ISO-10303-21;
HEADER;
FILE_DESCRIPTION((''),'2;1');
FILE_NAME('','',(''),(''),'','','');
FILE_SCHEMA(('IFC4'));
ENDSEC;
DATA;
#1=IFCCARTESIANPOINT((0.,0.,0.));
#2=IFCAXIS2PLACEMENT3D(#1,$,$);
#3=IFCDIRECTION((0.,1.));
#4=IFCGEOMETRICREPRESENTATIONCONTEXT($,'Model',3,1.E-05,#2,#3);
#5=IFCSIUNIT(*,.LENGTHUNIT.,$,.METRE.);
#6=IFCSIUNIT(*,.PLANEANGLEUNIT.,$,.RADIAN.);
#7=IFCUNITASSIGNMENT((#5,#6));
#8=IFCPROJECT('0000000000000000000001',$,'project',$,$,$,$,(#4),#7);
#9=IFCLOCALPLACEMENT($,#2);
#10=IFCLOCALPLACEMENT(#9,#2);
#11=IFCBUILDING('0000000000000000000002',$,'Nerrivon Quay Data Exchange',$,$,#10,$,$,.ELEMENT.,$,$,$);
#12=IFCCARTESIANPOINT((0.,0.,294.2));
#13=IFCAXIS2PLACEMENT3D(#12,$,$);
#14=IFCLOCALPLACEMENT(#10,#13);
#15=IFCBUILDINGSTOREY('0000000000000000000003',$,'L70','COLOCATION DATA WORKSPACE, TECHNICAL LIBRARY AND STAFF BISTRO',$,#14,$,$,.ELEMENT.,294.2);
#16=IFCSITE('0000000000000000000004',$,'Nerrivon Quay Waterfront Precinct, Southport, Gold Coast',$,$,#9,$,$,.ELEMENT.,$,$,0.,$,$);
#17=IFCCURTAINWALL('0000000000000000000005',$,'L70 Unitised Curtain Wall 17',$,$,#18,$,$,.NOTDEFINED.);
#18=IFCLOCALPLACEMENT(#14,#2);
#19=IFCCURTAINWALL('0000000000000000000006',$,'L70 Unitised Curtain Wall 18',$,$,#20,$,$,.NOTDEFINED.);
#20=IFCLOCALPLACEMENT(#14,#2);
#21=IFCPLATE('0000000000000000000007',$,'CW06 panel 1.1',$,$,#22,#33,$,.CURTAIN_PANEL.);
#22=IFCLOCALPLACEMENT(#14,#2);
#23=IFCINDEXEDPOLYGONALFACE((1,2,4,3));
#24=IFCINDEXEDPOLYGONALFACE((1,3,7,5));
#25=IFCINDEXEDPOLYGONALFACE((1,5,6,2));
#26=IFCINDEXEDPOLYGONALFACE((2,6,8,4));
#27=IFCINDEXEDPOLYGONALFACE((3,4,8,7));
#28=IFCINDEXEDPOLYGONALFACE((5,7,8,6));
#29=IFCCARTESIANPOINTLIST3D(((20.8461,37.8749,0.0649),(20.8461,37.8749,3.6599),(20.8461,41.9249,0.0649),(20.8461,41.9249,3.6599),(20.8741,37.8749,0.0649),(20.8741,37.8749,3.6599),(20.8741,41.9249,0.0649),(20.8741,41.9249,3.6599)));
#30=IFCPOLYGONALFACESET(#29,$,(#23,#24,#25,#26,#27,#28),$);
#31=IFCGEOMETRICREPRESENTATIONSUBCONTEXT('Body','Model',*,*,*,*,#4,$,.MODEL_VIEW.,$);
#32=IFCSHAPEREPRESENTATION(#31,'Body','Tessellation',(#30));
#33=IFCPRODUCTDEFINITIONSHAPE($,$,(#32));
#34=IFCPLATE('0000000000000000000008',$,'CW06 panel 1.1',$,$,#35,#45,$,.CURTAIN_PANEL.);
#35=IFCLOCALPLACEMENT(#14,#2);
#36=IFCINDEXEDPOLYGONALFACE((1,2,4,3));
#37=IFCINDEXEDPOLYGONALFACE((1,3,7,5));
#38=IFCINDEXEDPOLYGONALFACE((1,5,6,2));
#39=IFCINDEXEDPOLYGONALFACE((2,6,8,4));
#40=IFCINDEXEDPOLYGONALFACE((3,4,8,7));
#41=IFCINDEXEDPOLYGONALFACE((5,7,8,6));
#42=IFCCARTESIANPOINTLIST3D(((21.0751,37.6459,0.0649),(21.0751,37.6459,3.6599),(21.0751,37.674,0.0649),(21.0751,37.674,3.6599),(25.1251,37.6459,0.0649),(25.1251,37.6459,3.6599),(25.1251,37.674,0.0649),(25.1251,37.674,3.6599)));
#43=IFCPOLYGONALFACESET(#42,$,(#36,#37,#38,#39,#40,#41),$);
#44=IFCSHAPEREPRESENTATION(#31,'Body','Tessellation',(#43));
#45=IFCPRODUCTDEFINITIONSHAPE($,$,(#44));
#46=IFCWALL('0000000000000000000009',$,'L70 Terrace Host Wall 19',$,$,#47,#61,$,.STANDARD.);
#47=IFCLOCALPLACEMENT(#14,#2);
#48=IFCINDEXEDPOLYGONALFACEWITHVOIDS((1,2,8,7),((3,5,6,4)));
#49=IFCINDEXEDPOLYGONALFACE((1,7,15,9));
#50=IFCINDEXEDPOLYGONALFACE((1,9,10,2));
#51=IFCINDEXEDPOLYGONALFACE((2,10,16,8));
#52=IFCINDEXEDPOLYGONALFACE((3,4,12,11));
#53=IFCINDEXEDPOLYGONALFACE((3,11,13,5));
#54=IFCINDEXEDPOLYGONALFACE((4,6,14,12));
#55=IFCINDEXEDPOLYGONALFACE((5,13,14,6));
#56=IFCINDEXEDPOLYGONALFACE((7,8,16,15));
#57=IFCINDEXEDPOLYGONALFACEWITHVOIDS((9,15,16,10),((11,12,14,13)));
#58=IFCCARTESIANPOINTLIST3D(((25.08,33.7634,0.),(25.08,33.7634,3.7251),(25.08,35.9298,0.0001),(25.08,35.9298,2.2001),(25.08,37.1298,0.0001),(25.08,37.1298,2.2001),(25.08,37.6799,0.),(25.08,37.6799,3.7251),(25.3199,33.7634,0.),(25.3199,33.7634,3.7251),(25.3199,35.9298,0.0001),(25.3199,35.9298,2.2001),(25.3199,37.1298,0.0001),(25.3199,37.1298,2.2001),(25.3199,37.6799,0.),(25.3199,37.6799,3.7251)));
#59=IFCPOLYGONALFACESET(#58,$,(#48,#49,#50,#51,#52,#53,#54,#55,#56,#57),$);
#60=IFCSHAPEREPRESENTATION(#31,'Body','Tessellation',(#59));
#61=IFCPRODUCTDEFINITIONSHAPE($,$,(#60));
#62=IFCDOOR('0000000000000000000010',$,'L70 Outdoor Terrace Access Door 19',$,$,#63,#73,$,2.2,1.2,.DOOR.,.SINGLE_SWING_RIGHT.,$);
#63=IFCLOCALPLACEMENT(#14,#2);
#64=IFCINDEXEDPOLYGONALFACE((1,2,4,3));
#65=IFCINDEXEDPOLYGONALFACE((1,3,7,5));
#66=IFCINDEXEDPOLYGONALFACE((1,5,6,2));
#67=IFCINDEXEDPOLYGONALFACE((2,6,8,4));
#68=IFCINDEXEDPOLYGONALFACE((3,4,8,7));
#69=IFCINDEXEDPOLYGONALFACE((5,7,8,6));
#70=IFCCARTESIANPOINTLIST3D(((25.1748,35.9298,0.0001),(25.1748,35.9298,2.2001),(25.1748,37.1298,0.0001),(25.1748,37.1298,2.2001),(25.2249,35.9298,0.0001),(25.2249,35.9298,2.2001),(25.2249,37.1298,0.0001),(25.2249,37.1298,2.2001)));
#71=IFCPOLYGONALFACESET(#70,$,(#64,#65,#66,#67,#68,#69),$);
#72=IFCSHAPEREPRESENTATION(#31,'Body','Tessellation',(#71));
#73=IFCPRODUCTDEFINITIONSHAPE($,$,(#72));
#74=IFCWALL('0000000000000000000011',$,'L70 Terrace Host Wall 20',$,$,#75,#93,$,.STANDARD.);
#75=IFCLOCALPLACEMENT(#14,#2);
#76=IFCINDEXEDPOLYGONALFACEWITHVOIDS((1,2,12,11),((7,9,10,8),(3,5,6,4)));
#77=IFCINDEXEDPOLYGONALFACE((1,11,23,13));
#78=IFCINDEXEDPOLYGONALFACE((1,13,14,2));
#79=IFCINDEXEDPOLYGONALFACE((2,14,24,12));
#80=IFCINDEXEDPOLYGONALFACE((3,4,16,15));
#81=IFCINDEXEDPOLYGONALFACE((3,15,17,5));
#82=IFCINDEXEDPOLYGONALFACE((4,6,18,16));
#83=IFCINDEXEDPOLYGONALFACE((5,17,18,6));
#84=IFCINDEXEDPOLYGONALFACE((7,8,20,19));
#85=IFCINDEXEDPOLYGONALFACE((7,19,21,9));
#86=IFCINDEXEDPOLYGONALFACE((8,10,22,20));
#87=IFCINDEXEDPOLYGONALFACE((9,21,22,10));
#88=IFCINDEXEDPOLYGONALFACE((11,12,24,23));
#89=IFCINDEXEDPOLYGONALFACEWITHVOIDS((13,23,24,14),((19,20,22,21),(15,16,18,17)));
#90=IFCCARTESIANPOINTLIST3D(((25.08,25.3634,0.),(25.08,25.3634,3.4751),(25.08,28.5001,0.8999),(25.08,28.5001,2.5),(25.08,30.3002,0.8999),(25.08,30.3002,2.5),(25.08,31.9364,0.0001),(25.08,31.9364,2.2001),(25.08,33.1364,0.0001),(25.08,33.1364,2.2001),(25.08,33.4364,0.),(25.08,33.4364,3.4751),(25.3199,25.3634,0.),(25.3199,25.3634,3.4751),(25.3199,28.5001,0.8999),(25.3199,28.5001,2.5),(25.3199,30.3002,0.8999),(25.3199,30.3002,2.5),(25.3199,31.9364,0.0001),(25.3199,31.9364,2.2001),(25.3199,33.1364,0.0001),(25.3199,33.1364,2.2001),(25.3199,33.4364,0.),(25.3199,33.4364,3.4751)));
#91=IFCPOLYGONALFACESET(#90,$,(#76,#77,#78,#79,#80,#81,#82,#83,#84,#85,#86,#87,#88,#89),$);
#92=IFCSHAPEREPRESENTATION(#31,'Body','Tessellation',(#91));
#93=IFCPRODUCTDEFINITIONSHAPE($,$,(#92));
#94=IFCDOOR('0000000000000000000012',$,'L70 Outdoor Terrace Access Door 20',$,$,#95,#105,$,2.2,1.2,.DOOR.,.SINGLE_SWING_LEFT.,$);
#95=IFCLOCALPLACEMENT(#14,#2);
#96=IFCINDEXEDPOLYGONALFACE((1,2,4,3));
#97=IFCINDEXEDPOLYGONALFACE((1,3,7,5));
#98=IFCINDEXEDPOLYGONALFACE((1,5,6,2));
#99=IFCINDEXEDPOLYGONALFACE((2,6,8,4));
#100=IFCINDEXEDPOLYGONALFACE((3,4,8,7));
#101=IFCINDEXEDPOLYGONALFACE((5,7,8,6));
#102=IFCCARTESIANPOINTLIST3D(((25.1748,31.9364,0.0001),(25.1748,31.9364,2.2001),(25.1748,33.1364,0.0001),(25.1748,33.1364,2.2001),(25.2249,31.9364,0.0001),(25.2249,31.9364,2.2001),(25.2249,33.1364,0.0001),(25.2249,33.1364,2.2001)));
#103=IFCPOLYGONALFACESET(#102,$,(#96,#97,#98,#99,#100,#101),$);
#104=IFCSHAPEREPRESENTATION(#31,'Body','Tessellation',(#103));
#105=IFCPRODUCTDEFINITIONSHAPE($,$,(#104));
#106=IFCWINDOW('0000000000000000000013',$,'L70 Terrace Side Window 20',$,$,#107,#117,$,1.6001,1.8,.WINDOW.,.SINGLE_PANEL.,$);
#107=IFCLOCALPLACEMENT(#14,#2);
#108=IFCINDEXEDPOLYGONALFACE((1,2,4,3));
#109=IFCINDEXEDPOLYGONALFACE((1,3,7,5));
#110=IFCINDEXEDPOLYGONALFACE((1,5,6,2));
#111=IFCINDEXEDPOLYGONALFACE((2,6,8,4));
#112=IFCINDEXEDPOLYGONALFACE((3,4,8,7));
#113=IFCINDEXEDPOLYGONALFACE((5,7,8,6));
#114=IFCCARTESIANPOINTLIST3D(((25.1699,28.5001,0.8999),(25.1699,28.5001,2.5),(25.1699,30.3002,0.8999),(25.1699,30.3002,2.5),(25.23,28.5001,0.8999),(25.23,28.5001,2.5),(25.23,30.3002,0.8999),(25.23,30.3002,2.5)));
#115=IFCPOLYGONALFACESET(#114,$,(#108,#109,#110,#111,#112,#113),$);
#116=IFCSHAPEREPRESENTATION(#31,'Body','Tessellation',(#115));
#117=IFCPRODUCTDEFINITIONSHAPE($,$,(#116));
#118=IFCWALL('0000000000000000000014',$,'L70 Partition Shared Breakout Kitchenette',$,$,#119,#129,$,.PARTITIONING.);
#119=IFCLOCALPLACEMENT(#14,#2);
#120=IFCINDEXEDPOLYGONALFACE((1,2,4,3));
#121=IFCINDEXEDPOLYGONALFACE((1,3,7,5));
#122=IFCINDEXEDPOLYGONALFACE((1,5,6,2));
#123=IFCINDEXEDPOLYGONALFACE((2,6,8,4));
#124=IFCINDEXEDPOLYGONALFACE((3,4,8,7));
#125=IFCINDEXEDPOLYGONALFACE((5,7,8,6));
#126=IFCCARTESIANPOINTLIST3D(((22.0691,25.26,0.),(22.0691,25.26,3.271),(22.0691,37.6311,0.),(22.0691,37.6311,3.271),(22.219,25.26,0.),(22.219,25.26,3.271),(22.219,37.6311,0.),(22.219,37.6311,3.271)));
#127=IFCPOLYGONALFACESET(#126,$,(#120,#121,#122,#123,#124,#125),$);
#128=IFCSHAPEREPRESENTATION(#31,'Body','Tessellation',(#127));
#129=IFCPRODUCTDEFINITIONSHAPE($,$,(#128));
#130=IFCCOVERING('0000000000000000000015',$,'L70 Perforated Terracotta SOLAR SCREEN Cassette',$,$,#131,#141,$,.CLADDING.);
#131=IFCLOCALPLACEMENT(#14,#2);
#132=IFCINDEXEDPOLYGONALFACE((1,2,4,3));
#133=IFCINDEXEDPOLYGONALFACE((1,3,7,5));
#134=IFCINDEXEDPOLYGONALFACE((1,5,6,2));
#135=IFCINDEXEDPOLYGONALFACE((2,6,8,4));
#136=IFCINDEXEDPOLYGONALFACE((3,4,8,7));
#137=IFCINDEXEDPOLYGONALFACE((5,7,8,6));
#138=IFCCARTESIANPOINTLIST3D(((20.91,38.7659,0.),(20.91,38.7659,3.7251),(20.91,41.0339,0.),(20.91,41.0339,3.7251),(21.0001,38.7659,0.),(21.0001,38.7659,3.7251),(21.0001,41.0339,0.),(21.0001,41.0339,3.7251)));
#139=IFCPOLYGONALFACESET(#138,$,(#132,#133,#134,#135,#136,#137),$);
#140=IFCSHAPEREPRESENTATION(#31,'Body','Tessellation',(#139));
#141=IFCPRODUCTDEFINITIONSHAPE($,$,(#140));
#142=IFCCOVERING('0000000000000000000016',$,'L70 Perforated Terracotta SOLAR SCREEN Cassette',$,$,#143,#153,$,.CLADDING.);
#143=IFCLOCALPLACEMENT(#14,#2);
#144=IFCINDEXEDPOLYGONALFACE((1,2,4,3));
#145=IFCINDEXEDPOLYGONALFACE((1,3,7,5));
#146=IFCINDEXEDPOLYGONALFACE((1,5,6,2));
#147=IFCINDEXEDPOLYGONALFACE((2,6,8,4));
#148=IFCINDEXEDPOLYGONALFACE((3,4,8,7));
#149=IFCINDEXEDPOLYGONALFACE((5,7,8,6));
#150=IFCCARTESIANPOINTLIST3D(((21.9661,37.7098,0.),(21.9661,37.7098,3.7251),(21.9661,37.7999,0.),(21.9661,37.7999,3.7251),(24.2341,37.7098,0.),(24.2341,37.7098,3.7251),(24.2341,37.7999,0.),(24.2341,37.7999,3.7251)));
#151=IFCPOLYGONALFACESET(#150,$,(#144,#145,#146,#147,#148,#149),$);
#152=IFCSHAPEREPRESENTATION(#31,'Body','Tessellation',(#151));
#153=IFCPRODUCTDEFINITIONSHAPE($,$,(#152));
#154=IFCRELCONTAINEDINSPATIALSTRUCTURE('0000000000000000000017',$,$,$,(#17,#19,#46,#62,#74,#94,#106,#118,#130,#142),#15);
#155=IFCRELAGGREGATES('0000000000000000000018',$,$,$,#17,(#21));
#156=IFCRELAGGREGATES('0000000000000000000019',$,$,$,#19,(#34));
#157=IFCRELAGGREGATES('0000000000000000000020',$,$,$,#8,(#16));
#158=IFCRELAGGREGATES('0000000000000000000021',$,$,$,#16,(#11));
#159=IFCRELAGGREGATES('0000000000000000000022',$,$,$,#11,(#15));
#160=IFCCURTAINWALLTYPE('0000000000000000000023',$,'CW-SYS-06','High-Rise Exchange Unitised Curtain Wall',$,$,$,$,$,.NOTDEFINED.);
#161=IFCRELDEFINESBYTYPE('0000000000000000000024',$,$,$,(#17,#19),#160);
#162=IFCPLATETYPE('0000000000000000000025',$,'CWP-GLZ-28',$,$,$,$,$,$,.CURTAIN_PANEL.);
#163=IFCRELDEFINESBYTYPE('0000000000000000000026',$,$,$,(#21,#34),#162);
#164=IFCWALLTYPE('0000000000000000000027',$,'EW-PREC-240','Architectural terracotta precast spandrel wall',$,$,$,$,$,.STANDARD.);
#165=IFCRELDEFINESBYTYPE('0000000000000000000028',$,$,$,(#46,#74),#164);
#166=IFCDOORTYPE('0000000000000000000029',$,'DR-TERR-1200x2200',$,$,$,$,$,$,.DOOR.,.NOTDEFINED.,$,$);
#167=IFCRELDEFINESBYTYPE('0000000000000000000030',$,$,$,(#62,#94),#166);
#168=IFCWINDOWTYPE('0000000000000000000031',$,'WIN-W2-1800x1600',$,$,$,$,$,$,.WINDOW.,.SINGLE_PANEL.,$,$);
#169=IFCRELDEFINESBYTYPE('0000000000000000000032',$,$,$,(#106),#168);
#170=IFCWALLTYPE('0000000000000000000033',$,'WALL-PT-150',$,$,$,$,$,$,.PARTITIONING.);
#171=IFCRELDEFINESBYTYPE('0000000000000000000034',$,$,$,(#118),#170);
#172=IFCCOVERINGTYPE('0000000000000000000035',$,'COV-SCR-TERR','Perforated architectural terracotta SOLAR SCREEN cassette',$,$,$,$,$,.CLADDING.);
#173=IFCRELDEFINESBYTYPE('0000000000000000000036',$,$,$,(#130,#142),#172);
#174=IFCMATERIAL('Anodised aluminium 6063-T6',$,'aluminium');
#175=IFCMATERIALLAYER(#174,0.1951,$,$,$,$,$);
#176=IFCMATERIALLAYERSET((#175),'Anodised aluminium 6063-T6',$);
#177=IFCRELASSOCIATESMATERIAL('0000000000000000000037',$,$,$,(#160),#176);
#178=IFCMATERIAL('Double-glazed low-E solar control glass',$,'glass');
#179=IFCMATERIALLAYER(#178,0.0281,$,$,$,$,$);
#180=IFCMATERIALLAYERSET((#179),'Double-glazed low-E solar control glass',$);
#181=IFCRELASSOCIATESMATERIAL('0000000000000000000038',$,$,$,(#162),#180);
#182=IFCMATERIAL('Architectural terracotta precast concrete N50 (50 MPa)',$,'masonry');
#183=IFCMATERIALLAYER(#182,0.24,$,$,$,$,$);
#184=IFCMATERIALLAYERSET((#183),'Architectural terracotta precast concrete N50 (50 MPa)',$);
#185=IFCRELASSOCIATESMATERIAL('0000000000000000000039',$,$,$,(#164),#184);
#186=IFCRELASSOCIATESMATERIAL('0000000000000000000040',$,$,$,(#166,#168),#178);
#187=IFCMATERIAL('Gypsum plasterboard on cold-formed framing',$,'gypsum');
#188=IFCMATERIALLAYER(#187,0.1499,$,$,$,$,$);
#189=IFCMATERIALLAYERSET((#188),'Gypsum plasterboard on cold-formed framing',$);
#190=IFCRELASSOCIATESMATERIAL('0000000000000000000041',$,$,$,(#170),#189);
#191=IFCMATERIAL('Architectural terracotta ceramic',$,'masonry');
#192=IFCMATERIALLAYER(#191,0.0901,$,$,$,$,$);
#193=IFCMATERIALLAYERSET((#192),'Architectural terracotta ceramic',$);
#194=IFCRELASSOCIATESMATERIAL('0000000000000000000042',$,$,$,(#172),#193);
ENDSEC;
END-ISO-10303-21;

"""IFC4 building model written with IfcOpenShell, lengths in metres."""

from ifc_helpers import new_model, si_unit, direction, frame, frame_2d, origin, origin_2d, place, context, subcontext, project, spatial, rectangle, extrude, material, layer, layer_set, type_object, element, fill, aggregate, save


model = new_model("IFC4")

# Units and contexts
model_context = context("Model", 3, precision=1e-05, world=origin(), true_north=direction((0.0, 1.0)))
body_context = subcontext(model_context, "Body", "Model", "MODEL_VIEW")
ifc_project = project(units=[si_unit("LENGTHUNIT", "METRE"), si_unit("PLANEANGLEUNIT", "RADIAN")], contexts=[model_context])

# Site, building, storey
site_placement = place(None, origin())
site = spatial("IfcSite", under=ifc_project, at=site_placement, Name="Nerrivon Quay Waterfront Precinct, Southport, Gold Coast", CompositionType="ELEMENT", RefElevation=0.0)
building_placement = place(site_placement, origin())
building = spatial("IfcBuilding", under=site, at=building_placement, Name="Nerrivon Quay Data Exchange", CompositionType="ELEMENT")
storey_placement = place(building_placement, frame((0.0, 0.0, 294.2)))
storey = spatial("IfcBuildingStorey", under=building, at=storey_placement, Name="L70", Description="COLOCATION DATA WORKSPACE, TECHNICAL LIBRARY AND STAFF BISTRO", CompositionType="ELEMENT", Elevation=294.2)

# Curtain wall
ifc_material_1 = material(Name="Anodised aluminium 6063-T6", Category="aluminium")
ifc_layer_1 = layer(ifc_material_1, 0.1951)
ifc_layer_set_1 = layer_set([ifc_layer_1], Name="Anodised aluminium 6063-T6")
curtain_wall_type = type_object("IfcCurtainWallType", Name="CW-SYS-06", Description="High-Rise Exchange Unitised Curtain Wall", PredefinedType="NOTDEFINED", material=ifc_layer_set_1)
curtain_wall_1_placement = place(storey_placement, origin())
curtain_wall_1 = element("IfcCurtainWall", 1, at=curtain_wall_1_placement, inside=storey, type_object=curtain_wall_type, Name="L70 Unitised Curtain Wall 17", PredefinedType="NOTDEFINED")

# Curtain wall
curtain_wall_2_placement = place(storey_placement, origin())
curtain_wall_2 = element("IfcCurtainWall", 2, at=curtain_wall_2_placement, inside=storey, type_object=curtain_wall_type, Name="L70 Unitised Curtain Wall 18", PredefinedType="NOTDEFINED")

# Plates
ifc_material_2 = material(Name="Double-glazed low-E solar control glass", Category="glass")
ifc_layer_2 = layer(ifc_material_2, 0.0281)
ifc_layer_set_2 = layer_set([ifc_layer_2], Name="Double-glazed low-E solar control glass")
plate_type = type_object("IfcPlateType", Name="CWP-GLZ-28", PredefinedType="CURTAIN_PANEL", material=ifc_layer_set_2)
plate_1_placement = place(storey_placement, frame((20.8601, 39.8999, 0.0649), z_axis=(0.0, 0.0, 1.0), x_axis=(0.0, -1.0, 0.0)))
plate_1 = element("IfcPlate", 3, at=plate_1_placement, type_object=plate_type, Name="CW06 panel 1.1", PredefinedType="CURTAIN_PANEL", context=body_context, shape_type="SweptSolid", body=[
    extrude(rectangle(XDim=4.05, YDim=0.0281, at=origin_2d()), origin(), (0.0, 0.0, 1.0), 3.595),
])
aggregate(curtain_wall_1, [plate_1])
plate_2_placement = place(storey_placement, frame((23.1001, 37.6599, 0.0649), z_axis=(0.0, 0.0, 1.0), x_axis=(1.0, 0.0, 0.0)))
plate_2 = element("IfcPlate", 4, at=plate_2_placement, type_object=plate_type, Name="CW06 panel 1.1", PredefinedType="CURTAIN_PANEL", context=body_context, shape_type="SweptSolid", body=[
    extrude(rectangle(XDim=4.05, YDim=0.0281, at=origin_2d()), origin(), (0.0, 0.0, 1.0), 3.595),
])
aggregate(curtain_wall_2, [plate_2])

# Wall, opening, door
ifc_material_3 = material(Name="Architectural terracotta precast concrete N50 (50 MPa)", Category="masonry")
ifc_layer_3 = layer(ifc_material_3, 0.24)
ifc_layer_set_3 = layer_set([ifc_layer_3], Name="Architectural terracotta precast concrete N50 (50 MPa)")
wall_type_1 = type_object("IfcWallType", Name="EW-PREC-240", Description="Architectural terracotta precast spandrel wall", PredefinedType="STANDARD", material=ifc_layer_set_3)
wall_1_placement = place(storey_placement, frame((25.2, 37.6799, 0.0), z_axis=(0.0, 0.0, 1.0), x_axis=(0.0, -1.0, 0.0)))
wall_1 = element("IfcWall", 5, at=wall_1_placement, inside=storey, type_object=wall_type_1, Name="L70 Terrace Host Wall 19", PredefinedType="STANDARD", context=body_context, shape_type="SweptSolid", body=[
    extrude(rectangle(XDim=3.9165, YDim=0.24, at=frame_2d((1.9583, 0.0))), origin(), (0.0, 0.0, 1.0), 3.7251),
])
opening_1_placement = place(wall_1_placement, frame((0.55, 0.0, 0.0)))
opening_1 = element("IfcOpeningElement", 6, at=opening_1_placement, cuts=wall_1, PredefinedType="OPENING", context=body_context, shape_type="SweptSolid", body=[
    extrude(rectangle(XDim=1.2, YDim=2.2, at=frame_2d((0.6001, 1.1001))), frame((0.0, 0.1299, 0.0), z_axis=(0.0, -1.0, 0.0), x_axis=(1.0, 0.0, 0.0)), (0.0, 0.0, 1.0), 0.26),
])
door_type = type_object("IfcDoorType", Name="DR-TERR-1200x2200", OperationType="NOTDEFINED", PredefinedType="DOOR", material=ifc_material_2)
door_1_placement = place(opening_1_placement, origin())
door_1 = element("IfcDoor", 7, at=door_1_placement, inside=storey, type_object=door_type, Name="L70 Outdoor Terrace Access Door 19", OperationType="SINGLE_SWING_RIGHT", OverallHeight=2.2, OverallWidth=1.2, PredefinedType="DOOR", context=body_context, shape_type="SweptSolid", body=[
    extrude(rectangle(XDim=1.2, YDim=2.2, at=frame_2d((0.6001, 1.1001))), frame((0.0, 0.0249, 0.0), z_axis=(0.0, -1.0, 0.0), x_axis=(1.0, 0.0, 0.0)), (0.0, 0.0, 1.0), 0.05),
])
fill(opening_1, door_1)

# Wall, openings, door, window
wall_2_placement = place(storey_placement, frame((25.2, 33.4365, 0.0), z_axis=(0.0, 0.0, 1.0), x_axis=(0.0, -1.0, 0.0)))
wall_2 = element("IfcWall", 8, at=wall_2_placement, inside=storey, type_object=wall_type_1, Name="L70 Terrace Host Wall 20", PredefinedType="STANDARD", context=body_context, shape_type="SweptSolid", body=[
    extrude(rectangle(XDim=8.073, YDim=0.24, at=frame_2d((4.0366, 0.0))), origin(), (0.0, 0.0, 1.0), 3.4751),
])
opening_2_placement = place(wall_2_placement, frame((0.3, 0.0, 0.0)))
opening_2 = element("IfcOpeningElement", 9, at=opening_2_placement, cuts=wall_2, PredefinedType="OPENING", context=body_context, shape_type="SweptSolid", body=[
    extrude(rectangle(XDim=1.2, YDim=2.2, at=frame_2d((0.6001, 1.1001))), frame((0.0, 0.1299, 0.0), z_axis=(0.0, -1.0, 0.0), x_axis=(1.0, 0.0, 0.0)), (0.0, 0.0, 1.0), 0.26),
])
opening_3_placement = place(wall_2_placement, frame((3.1365, 0.0, 0.8999)))
opening_3 = element("IfcOpeningElement", 10, at=opening_3_placement, cuts=wall_2, PredefinedType="OPENING", context=body_context, shape_type="SweptSolid", body=[
    extrude(rectangle(XDim=1.8, YDim=1.6001, at=frame_2d((0.8999, 0.8))), frame((0.0, 0.1299, 0.0), z_axis=(0.0, -1.0, 0.0), x_axis=(1.0, 0.0, 0.0)), (0.0, 0.0, 1.0), 0.26),
])
door_2_placement = place(opening_2_placement, origin())
door_2 = element("IfcDoor", 11, at=door_2_placement, inside=storey, type_object=door_type, Name="L70 Outdoor Terrace Access Door 20", OperationType="SINGLE_SWING_LEFT", OverallHeight=2.2, OverallWidth=1.2, PredefinedType="DOOR", context=body_context, shape_type="SweptSolid", body=[
    extrude(rectangle(XDim=1.2, YDim=2.2, at=frame_2d((0.6001, 1.1001))), frame((0.0, 0.0249, 0.0), z_axis=(0.0, -1.0, 0.0), x_axis=(1.0, 0.0, 0.0)), (0.0, 0.0, 1.0), 0.05),
])
fill(opening_2, door_2)
window_type = type_object("IfcWindowType", Name="WIN-W2-1800x1600", PartitioningType="SINGLE_PANEL", PredefinedType="WINDOW", material=ifc_material_2)
window_placement = place(opening_3_placement, origin())
window = element("IfcWindow", 12, at=window_placement, inside=storey, type_object=window_type, Name="L70 Terrace Side Window 20", OverallHeight=1.6001, OverallWidth=1.8, PartitioningType="SINGLE_PANEL", PredefinedType="WINDOW", context=body_context, shape_type="SweptSolid", body=[
    extrude(rectangle(XDim=1.8, YDim=1.6001, at=frame_2d((0.8999, 0.8))), frame((0.0, 0.03, 0.0), z_axis=(0.0, -1.0, 0.0), x_axis=(1.0, 0.0, 0.0)), (0.0, 0.0, 1.0), 0.0601),
])
fill(opening_3, window)

# Wall
ifc_material_4 = material(Name="Gypsum plasterboard on cold-formed framing", Category="gypsum")
ifc_layer_4 = layer(ifc_material_4, 0.1499)
ifc_layer_set_4 = layer_set([ifc_layer_4], Name="Gypsum plasterboard on cold-formed framing")
wall_type_2 = type_object("IfcWallType", Name="WALL-PT-150", PredefinedType="PARTITIONING", material=ifc_layer_set_4)
wall_3_placement = place(storey_placement, frame((22.144, 37.6311, 0.0), z_axis=(0.0, 0.0, 1.0), x_axis=(0.0, -1.0, 0.0)))
element("IfcWall", 13, at=wall_3_placement, inside=storey, type_object=wall_type_2, Name="L70 Partition Shared Breakout Kitchenette", PredefinedType="PARTITIONING", context=body_context, shape_type="SweptSolid", body=[
    extrude(rectangle(XDim=12.3711, YDim=0.1499, at=frame_2d((6.1855, 0.0))), origin(), (0.0, 0.0, 1.0), 3.271),
])

# Coverings
ifc_material_5 = material(Name="Architectural terracotta ceramic", Category="masonry")
ifc_layer_5 = layer(ifc_material_5, 0.0901)
ifc_layer_set_5 = layer_set([ifc_layer_5], Name="Architectural terracotta ceramic")
covering_type = type_object("IfcCoveringType", Name="COV-SCR-TERR", Description="Perforated architectural terracotta SOLAR SCREEN cassette", PredefinedType="CLADDING", material=ifc_layer_set_5)
for number, where, z_axis, x_axis, name in (
    (14, (20.9551, 39.8999, 0.0), (0.0, 0.0, 1.0), (0.0, -1.0, 0.0), "L70 Perforated Terracotta SOLAR SCREEN Cassette"),
    (15, (23.1001, 37.7549, 0.0), (0.0, 0.0, 1.0), (1.0, 0.0, 0.0), "L70 Perforated Terracotta SOLAR SCREEN Cassette"),
):
    element("IfcCovering", number, at=place(storey_placement, frame(where, z_axis=z_axis, x_axis=x_axis)), inside=storey, type_object=covering_type, Name=name, PredefinedType="CLADDING", context=body_context, shape_type="SweptSolid", body=[
        extrude(rectangle(XDim=2.2681, YDim=0.0901, at=origin_2d()), origin(), (0.0, 0.0, 1.0), 3.7251),
    ])

save(model, "model.ifc")
